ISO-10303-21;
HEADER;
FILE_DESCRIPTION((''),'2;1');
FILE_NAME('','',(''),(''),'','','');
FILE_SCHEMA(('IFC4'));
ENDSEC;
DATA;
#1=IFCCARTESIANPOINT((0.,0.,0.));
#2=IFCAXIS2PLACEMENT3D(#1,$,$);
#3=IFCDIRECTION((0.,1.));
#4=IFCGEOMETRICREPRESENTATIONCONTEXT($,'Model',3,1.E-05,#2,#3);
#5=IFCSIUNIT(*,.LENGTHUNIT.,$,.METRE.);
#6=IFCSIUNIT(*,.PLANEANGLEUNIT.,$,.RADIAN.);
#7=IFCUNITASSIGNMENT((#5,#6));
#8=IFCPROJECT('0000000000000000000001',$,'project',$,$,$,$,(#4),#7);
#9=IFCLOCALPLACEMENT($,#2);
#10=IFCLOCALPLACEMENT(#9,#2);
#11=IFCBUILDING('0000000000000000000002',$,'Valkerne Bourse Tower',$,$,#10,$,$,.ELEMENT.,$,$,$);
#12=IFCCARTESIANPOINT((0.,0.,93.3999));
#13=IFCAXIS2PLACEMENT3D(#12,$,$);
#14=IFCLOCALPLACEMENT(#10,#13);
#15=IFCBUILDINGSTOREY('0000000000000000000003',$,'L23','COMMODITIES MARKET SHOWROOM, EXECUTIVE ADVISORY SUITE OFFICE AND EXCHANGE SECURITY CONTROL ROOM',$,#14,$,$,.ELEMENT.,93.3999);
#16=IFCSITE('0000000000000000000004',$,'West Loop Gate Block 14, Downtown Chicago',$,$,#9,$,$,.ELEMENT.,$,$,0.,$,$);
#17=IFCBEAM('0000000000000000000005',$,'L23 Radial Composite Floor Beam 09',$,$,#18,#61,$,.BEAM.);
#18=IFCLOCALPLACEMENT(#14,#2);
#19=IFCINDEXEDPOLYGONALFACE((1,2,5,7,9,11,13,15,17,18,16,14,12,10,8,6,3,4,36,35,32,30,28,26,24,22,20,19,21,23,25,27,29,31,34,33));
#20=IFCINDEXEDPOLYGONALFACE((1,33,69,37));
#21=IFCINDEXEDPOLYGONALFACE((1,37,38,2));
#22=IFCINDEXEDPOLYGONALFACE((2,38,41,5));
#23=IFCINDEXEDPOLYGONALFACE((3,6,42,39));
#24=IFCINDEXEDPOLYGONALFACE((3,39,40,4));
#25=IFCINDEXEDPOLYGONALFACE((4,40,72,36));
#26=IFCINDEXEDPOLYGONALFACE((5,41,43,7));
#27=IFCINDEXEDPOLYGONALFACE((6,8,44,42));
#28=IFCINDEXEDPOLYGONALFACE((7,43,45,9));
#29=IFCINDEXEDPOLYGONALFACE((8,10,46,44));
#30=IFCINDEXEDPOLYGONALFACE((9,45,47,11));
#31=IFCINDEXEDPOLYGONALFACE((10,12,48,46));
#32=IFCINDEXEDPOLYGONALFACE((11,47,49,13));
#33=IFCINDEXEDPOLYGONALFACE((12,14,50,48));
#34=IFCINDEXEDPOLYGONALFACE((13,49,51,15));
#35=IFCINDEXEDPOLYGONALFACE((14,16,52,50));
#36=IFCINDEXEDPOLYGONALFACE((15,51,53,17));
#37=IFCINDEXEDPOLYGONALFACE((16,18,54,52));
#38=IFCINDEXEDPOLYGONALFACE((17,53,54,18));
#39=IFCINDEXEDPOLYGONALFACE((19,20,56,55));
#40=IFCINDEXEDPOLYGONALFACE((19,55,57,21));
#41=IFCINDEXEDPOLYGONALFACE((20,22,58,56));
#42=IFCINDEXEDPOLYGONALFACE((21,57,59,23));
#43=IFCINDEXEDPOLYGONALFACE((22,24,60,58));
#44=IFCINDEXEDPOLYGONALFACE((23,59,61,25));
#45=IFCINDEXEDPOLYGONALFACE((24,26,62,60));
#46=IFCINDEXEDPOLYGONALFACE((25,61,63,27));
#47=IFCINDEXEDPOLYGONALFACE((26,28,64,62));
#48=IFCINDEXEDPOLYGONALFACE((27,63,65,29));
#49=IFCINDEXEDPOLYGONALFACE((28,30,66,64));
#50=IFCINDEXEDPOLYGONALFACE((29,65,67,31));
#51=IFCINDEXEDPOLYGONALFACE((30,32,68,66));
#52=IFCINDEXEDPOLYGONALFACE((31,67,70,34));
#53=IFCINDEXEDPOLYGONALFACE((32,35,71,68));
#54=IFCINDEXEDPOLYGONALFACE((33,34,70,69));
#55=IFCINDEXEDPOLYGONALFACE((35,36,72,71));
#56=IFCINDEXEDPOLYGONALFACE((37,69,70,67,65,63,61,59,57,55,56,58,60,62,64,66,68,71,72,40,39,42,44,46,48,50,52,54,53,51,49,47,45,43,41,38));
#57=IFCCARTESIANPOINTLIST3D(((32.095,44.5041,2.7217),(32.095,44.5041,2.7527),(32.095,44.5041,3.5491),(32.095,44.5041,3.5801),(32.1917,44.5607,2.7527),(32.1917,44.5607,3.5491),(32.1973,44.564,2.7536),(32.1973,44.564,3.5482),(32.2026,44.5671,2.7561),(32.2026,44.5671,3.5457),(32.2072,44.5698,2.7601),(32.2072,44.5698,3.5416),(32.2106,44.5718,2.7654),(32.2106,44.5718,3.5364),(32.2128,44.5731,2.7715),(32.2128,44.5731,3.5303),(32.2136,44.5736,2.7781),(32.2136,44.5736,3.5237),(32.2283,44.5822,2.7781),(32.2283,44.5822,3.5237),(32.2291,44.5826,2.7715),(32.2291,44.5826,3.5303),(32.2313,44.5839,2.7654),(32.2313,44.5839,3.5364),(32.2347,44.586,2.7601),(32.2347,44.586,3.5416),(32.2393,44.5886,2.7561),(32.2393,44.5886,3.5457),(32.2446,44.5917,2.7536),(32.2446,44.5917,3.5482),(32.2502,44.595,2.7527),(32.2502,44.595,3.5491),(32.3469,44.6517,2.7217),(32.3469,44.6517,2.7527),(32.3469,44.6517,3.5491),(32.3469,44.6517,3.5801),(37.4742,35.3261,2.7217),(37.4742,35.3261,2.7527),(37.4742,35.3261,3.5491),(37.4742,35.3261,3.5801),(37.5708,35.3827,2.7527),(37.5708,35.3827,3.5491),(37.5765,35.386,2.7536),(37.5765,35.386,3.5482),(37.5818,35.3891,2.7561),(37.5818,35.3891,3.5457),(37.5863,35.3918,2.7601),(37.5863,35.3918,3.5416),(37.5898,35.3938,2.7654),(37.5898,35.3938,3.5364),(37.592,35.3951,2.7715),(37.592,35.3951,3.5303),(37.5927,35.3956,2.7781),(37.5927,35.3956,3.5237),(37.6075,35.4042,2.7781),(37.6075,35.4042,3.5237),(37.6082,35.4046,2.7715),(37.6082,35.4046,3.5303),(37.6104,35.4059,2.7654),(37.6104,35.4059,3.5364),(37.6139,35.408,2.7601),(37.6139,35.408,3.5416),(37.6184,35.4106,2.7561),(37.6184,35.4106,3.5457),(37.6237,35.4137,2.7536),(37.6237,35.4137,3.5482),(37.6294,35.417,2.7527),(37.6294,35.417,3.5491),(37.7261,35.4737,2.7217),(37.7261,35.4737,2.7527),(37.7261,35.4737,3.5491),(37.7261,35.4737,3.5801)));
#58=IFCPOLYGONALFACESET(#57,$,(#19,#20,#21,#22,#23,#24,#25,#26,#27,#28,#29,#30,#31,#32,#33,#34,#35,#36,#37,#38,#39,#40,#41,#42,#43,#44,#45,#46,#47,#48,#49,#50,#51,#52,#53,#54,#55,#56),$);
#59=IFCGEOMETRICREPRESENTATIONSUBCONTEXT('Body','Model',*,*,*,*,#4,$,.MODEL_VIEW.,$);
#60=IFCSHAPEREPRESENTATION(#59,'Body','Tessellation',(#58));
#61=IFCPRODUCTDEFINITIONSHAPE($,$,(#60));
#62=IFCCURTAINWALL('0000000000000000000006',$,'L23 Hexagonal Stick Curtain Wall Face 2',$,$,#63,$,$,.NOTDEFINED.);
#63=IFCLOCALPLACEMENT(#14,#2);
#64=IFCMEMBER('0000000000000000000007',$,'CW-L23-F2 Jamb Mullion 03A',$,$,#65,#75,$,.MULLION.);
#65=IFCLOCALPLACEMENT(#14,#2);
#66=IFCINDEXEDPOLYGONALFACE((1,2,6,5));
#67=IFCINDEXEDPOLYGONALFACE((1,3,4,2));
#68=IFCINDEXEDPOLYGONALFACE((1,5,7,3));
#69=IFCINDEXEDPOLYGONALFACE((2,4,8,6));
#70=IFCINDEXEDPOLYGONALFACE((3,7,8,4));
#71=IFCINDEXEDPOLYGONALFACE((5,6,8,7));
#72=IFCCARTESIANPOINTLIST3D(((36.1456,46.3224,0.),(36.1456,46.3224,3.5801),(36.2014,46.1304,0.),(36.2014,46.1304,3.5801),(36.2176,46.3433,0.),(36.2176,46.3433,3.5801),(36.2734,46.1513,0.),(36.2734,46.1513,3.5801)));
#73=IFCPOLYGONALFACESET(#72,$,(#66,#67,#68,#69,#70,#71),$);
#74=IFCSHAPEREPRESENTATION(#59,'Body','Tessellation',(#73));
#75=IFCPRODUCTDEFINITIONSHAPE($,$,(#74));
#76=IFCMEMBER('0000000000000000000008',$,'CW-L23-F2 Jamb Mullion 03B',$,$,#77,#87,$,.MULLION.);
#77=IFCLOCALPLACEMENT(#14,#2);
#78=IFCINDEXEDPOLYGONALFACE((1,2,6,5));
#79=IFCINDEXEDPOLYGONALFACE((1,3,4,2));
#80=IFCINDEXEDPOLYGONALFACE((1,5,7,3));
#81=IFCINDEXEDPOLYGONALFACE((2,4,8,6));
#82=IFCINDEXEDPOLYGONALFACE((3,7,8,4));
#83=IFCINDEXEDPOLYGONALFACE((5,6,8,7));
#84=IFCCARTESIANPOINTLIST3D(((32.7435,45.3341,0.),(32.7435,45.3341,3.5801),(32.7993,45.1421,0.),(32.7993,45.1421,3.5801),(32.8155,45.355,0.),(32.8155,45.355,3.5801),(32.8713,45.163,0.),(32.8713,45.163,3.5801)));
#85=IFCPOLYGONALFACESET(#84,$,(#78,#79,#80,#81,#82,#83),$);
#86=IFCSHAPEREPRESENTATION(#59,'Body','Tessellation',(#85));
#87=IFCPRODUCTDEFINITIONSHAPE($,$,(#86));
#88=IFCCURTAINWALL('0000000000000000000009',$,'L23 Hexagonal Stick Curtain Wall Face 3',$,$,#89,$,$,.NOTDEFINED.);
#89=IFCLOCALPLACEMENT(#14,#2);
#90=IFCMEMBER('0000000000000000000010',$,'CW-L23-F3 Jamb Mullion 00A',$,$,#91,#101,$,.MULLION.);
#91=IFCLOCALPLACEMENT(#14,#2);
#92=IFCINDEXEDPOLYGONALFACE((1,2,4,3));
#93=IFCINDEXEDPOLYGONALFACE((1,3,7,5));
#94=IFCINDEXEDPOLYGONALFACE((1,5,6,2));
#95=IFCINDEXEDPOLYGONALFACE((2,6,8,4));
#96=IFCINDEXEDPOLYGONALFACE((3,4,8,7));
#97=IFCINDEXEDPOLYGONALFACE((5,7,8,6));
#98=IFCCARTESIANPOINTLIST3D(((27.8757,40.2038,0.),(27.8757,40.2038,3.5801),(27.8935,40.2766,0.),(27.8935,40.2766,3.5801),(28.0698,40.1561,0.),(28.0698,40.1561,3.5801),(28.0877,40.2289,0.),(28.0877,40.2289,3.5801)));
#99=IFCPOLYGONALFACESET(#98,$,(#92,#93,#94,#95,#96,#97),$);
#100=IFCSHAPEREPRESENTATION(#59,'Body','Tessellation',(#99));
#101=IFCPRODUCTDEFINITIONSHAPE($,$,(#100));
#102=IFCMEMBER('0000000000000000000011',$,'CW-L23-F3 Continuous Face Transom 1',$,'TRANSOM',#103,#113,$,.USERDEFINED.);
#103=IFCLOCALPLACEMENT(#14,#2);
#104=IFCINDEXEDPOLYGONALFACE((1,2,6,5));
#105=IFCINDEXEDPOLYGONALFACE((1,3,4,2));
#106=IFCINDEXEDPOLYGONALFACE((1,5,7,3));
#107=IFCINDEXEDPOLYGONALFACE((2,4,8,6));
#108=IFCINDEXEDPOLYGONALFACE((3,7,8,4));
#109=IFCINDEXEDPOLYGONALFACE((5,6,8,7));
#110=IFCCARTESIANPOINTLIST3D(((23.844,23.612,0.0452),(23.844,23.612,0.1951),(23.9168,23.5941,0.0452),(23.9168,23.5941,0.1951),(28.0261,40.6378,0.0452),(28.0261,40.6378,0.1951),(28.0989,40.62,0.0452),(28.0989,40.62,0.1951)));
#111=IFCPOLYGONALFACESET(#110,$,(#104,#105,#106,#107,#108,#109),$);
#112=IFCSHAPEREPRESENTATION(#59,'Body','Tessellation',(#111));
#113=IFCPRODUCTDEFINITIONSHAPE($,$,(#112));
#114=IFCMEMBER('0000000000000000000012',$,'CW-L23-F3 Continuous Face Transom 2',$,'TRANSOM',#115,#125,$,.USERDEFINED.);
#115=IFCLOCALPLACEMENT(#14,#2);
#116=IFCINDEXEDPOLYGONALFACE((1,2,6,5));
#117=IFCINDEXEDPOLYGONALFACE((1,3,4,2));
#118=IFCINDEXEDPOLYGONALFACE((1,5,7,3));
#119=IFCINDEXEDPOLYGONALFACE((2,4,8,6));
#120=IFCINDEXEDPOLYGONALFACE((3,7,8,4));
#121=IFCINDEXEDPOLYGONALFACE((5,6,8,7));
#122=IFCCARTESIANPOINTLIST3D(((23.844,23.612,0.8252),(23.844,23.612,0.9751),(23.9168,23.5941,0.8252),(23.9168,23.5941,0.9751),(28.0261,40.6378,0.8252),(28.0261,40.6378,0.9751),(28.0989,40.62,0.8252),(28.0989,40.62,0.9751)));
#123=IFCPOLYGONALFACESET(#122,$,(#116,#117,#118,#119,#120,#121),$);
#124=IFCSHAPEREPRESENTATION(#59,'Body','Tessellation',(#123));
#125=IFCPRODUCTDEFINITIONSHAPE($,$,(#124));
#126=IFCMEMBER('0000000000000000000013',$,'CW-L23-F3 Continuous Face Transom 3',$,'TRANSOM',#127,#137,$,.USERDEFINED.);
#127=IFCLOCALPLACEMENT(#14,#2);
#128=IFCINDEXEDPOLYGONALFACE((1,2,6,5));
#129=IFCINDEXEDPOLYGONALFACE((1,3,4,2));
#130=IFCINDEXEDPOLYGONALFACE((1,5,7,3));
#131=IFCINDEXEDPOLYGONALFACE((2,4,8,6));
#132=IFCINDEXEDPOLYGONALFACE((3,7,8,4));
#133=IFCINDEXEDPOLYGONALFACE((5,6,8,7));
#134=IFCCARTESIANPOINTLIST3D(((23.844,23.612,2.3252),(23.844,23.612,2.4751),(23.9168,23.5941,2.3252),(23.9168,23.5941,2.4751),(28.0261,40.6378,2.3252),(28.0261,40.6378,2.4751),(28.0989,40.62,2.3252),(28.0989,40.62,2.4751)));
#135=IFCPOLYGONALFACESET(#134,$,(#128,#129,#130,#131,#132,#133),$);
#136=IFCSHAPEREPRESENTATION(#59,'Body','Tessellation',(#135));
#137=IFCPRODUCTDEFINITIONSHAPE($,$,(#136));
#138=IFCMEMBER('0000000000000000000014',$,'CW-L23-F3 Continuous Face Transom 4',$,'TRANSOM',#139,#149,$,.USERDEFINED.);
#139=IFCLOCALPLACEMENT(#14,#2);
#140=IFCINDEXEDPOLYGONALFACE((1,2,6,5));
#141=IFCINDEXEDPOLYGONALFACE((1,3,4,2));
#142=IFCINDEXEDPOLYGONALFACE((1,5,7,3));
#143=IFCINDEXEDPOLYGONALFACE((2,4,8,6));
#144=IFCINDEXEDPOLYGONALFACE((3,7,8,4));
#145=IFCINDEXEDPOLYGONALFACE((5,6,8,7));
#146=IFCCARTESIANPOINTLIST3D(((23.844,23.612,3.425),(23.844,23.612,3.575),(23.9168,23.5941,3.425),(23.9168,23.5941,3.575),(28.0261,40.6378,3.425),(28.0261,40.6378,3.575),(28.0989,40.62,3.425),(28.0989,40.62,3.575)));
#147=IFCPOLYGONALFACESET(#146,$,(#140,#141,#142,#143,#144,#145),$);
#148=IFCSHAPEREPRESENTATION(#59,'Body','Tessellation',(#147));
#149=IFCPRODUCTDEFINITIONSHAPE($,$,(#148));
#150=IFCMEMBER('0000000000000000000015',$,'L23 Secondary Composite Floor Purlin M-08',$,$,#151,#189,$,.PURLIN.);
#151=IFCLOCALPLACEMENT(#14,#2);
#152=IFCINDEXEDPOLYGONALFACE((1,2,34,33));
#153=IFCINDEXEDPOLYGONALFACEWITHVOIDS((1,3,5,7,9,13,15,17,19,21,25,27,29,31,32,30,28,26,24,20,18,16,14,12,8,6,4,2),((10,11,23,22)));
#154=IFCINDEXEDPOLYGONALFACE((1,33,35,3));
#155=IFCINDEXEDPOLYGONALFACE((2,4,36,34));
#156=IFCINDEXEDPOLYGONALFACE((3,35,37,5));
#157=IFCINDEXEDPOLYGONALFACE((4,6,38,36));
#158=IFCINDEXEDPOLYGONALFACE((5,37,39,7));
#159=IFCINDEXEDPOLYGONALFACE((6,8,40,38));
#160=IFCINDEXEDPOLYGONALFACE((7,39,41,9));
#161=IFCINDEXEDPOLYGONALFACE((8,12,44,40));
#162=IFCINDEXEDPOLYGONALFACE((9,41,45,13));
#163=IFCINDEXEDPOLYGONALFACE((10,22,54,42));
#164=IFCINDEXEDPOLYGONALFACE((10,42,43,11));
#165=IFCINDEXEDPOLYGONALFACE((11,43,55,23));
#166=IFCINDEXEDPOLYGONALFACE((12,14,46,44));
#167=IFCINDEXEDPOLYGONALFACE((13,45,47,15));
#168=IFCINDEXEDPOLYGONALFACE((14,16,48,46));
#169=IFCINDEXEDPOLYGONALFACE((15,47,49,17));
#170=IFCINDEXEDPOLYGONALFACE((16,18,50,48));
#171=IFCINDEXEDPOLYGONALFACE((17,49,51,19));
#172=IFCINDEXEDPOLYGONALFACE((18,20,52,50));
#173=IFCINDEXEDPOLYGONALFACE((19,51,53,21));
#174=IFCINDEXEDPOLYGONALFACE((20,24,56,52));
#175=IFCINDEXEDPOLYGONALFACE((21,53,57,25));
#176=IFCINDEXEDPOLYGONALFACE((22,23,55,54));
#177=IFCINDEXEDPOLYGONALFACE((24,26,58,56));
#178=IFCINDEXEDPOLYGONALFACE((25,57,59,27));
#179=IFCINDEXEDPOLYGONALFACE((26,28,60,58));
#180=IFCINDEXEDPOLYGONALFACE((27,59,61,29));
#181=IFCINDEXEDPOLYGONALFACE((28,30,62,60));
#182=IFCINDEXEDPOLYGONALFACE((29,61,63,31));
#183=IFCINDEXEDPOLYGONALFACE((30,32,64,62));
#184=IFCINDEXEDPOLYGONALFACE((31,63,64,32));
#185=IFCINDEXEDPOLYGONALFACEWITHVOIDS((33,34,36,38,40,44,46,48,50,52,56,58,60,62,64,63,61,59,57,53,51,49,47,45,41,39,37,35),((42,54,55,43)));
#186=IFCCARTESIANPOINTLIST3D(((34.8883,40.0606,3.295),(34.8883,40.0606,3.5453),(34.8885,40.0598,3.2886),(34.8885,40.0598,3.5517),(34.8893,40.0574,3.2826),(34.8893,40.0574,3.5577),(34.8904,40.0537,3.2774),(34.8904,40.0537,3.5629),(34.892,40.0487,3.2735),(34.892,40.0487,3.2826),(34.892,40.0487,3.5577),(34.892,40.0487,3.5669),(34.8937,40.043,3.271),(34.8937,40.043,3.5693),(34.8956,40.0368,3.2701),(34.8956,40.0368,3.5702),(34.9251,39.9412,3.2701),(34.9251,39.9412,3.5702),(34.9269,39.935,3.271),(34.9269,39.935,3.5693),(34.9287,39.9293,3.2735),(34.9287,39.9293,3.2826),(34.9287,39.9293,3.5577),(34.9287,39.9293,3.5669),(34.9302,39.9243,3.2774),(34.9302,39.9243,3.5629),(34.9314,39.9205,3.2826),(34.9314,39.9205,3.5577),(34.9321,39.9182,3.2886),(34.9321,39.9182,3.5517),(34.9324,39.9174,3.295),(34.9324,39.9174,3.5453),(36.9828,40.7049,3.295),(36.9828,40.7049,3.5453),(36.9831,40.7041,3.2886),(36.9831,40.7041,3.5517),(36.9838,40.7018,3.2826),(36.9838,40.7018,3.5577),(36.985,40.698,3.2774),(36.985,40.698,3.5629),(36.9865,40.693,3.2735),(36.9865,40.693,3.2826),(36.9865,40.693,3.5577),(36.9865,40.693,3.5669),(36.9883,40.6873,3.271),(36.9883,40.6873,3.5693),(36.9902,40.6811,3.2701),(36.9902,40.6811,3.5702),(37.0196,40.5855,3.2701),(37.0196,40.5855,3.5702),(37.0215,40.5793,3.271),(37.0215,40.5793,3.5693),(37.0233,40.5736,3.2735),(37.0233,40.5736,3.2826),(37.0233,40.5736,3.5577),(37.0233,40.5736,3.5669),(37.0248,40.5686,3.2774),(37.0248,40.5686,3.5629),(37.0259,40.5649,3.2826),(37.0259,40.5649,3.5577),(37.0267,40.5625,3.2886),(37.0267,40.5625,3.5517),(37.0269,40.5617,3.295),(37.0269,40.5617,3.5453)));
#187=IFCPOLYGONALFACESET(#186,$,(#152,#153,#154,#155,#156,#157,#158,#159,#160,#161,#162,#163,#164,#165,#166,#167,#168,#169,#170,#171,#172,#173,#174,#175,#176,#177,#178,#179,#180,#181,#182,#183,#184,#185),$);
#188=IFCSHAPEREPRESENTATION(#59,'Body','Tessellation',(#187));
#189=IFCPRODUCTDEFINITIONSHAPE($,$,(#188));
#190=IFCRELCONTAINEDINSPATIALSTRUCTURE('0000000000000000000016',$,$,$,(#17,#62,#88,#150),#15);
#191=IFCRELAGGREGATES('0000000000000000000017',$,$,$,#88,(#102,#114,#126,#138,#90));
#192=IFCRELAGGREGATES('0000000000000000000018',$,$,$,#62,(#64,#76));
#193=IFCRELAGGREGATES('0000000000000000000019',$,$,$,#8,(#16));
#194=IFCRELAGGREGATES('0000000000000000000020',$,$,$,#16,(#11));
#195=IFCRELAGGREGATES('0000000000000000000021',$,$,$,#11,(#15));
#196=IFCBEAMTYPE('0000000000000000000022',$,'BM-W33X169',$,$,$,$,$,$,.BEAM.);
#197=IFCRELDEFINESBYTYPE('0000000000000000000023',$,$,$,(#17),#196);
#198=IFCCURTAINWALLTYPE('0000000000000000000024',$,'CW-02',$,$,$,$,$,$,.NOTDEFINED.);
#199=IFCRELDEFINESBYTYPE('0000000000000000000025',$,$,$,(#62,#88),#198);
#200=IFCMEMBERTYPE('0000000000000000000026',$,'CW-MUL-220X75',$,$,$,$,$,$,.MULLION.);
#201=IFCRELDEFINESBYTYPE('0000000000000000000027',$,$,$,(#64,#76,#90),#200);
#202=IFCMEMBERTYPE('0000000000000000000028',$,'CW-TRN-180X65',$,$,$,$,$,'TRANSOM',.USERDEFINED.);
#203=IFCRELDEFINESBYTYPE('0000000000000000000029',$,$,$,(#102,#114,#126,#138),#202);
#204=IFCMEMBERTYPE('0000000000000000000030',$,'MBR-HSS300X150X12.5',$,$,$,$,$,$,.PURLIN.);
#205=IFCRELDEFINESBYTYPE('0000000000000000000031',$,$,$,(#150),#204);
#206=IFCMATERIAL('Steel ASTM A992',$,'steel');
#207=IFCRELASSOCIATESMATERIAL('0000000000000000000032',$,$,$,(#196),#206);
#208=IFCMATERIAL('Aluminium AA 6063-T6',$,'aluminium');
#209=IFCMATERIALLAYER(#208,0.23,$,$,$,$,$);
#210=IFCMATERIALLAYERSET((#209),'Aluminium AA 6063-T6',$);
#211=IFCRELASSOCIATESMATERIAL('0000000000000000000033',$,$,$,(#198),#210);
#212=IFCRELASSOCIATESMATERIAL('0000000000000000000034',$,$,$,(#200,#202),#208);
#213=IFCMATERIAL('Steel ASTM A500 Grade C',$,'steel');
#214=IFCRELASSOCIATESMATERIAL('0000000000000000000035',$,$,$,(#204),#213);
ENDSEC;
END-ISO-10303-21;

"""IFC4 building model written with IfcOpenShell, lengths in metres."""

from ifc_helpers import new_model, si_unit, direction, frame, origin, origin_2d, place, context, subcontext, project, spatial, rectangle, hollow_rectangle, i_section, extrude, material, layer, layer_set, material_profile, profile_set, type_object, element, aggregate, save


model = new_model("IFC4")

# Units and contexts
model_context = context("Model", 3, precision=1e-05, world=origin(), true_north=direction((0.0, 1.0)))
body_context = subcontext(model_context, "Body", "Model", "MODEL_VIEW")
ifc_project = project(units=[si_unit("LENGTHUNIT", "METRE"), si_unit("PLANEANGLEUNIT", "RADIAN")], contexts=[model_context])

# Site, building, storey
site_placement = place(None, origin())
site = spatial("IfcSite", under=ifc_project, at=site_placement, Name="West Loop Gate Block 14, Downtown Chicago", CompositionType="ELEMENT", RefElevation=0.0)
building_placement = place(site_placement, origin())
building = spatial("IfcBuilding", under=site, at=building_placement, Name="Valkerne Bourse Tower", CompositionType="ELEMENT")
storey_placement = place(building_placement, frame((0.0, 0.0, 93.3999)))
storey = spatial("IfcBuildingStorey", under=building, at=storey_placement, Name="L23", Description="COMMODITIES MARKET SHOWROOM, EXECUTIVE ADVISORY SUITE OFFICE AND EXCHANGE SECURITY CONTROL ROOM", CompositionType="ELEMENT", Elevation=93.3999)

# Beam
ifc_material_1 = material(Name="Steel ASTM A992", Category="steel")
ifc_material_profile_1 = material_profile(ifc_material_1, i_section(OverallWidth=0.292, OverallDepth=0.8584, WebThickness=0.0171, FlangeThickness=0.031, FilletRadius=0.0254, at=origin_2d()), Name="W33X169")
ifc_profile_set_1 = profile_set([ifc_material_profile_1], Name="Steel ASTM A992")
beam_type_1 = type_object("IfcBeamType", Name="BM-W33X169", PredefinedType="BEAM", material=ifc_profile_set_1)
beam_1_placement = place(storey_placement, frame((32.2209, 44.5779, 3.1509), z_axis=(0.505646, -0.862741, 0.0), x_axis=(0.862741, 0.505646, 0.0)))
element("IfcBeam", 1, at=beam_1_placement, inside=storey, type_object=beam_type_1, Name="L23 Radial Composite Floor Beam 09", PredefinedType="BEAM", context=body_context, shape_type="SweptSolid", body=[
    extrude(i_section(OverallWidth=0.292, OverallDepth=0.8584, WebThickness=0.0171, FlangeThickness=0.031, FilletRadius=0.0254, at=origin_2d()), origin(), (0.0, 0.0, 1.0), 10.6382),
])

# Curtain walls, members
ifc_material_2 = material(Name="Aluminium AA 6063-T6", Category="aluminium")
ifc_layer_1 = layer(ifc_material_2, 0.23)
ifc_layer_set_1 = layer_set([ifc_layer_1], Name="Aluminium AA 6063-T6")
curtain_wall_type = type_object("IfcCurtainWallType", Name="CW-02", PredefinedType="NOTDEFINED", material=ifc_layer_set_1)
curtain_wall_1_placement = place(storey_placement, origin())
curtain_wall_1 = element("IfcCurtainWall", 2, at=curtain_wall_1_placement, inside=storey, type_object=curtain_wall_type, Name="L23 Hexagonal Stick Curtain Wall Face 2", PredefinedType="NOTDEFINED")
ifc_material_profile_2 = material_profile(ifc_material_2, rectangle(XDim=0.075, YDim=0.2, at=origin_2d()), Name="CWM-75X200")
ifc_profile_set_2 = profile_set([ifc_material_profile_2], Name="Aluminium AA 6063-T6")
member_type_1 = type_object("IfcMemberType", Name="CW-MUL-220X75", PredefinedType="MULLION", material=ifc_profile_set_2)
member_1_placement = place(storey_placement, frame((36.2095, 46.2368, 0.0), z_axis=(0.0, 0.0, 1.0), x_axis=(-0.960294, -0.278991, 0.0)))
member_1 = element("IfcMember", 3, at=member_1_placement, type_object=member_type_1, Name="CW-L23-F2 Jamb Mullion 03A", PredefinedType="MULLION", context=body_context, shape_type="SweptSolid", body=[
    extrude(rectangle(XDim=0.075, YDim=0.2, at=origin_2d()), origin(), (0.0, 0.0, 1.0), 3.5801),
])
member_2_placement = place(storey_placement, frame((32.8074, 45.2485, 0.0), z_axis=(0.0, 0.0, 1.0), x_axis=(-0.960294, -0.278991, 0.0)))
member_2 = element("IfcMember", 4, at=member_2_placement, type_object=member_type_1, Name="CW-L23-F2 Jamb Mullion 03B", PredefinedType="MULLION", context=body_context, shape_type="SweptSolid", body=[
    extrude(rectangle(XDim=0.075, YDim=0.2, at=origin_2d()), origin(), (0.0, 0.0, 1.0), 3.5801),
])
curtain_wall_2_placement = place(storey_placement, origin())
curtain_wall_2 = element("IfcCurtainWall", 5, at=curtain_wall_2_placement, inside=storey, type_object=curtain_wall_type, Name="L23 Hexagonal Stick Curtain Wall Face 3", PredefinedType="NOTDEFINED")
member_3_placement = place(storey_placement, frame((27.9817, 40.2163, 0.0), z_axis=(0.0, 0.0, 1.0), x_axis=(-0.238534, -0.971134, 0.0)))
member_3 = element("IfcMember", 6, at=member_3_placement, type_object=member_type_1, Name="CW-L23-F3 Jamb Mullion 00A", PredefinedType="MULLION", context=body_context, shape_type="SweptSolid", body=[
    extrude(rectangle(XDim=0.075, YDim=0.2, at=origin_2d()), origin(), (0.0, 0.0, 1.0), 3.5801),
])
ifc_material_profile_3 = material_profile(ifc_material_2, rectangle(XDim=0.075, YDim=0.1499, at=origin_2d()), Name="CWT-75X150")
ifc_profile_set_3 = profile_set([ifc_material_profile_3], Name="Aluminium AA 6063-T6")
member_type_2 = type_object("IfcMemberType", Name="CW-TRN-180X65", ElementType="TRANSOM", PredefinedType="USERDEFINED", material=ifc_profile_set_3)
member_4_placement = place(storey_placement, frame((28.0625, 40.6289, 0.1201), z_axis=(-0.238543, -0.971132, 0.0), x_axis=(0.971132, -0.238543, 0.0)))
member_4 = element("IfcMember", 7, at=member_4_placement, type_object=member_type_2, Name="CW-L23-F3 Continuous Face Transom 1", ObjectType="TRANSOM", PredefinedType="USERDEFINED", context=body_context, shape_type="SweptSolid", body=[
    extrude(rectangle(XDim=0.075, YDim=0.1499, at=origin_2d()), origin(), (0.0, 0.0, 1.0), 17.532),
])
member_5_placement = place(storey_placement, frame((28.0625, 40.6289, 0.9001), z_axis=(-0.238543, -0.971132, 0.0), x_axis=(0.971132, -0.238543, 0.0)))
member_5 = element("IfcMember", 8, at=member_5_placement, type_object=member_type_2, Name="CW-L23-F3 Continuous Face Transom 2", ObjectType="TRANSOM", PredefinedType="USERDEFINED", context=body_context, shape_type="SweptSolid", body=[
    extrude(rectangle(XDim=0.075, YDim=0.1499, at=origin_2d()), origin(), (0.0, 0.0, 1.0), 17.532),
])
member_6_placement = place(storey_placement, frame((28.0625, 40.6289, 2.4001), z_axis=(-0.238543, -0.971132, 0.0), x_axis=(0.971132, -0.238543, 0.0)))
member_6 = element("IfcMember", 9, at=member_6_placement, type_object=member_type_2, Name="CW-L23-F3 Continuous Face Transom 3", ObjectType="TRANSOM", PredefinedType="USERDEFINED", context=body_context, shape_type="SweptSolid", body=[
    extrude(rectangle(XDim=0.075, YDim=0.1499, at=origin_2d()), origin(), (0.0, 0.0, 1.0), 17.532),
])
member_7_placement = place(storey_placement, frame((28.0625, 40.6289, 3.5), z_axis=(-0.238543, -0.971132, 0.0), x_axis=(0.971132, -0.238543, 0.0)))
member_7 = element("IfcMember", 10, at=member_7_placement, type_object=member_type_2, Name="CW-L23-F3 Continuous Face Transom 4", ObjectType="TRANSOM", PredefinedType="USERDEFINED", context=body_context, shape_type="SweptSolid", body=[
    extrude(rectangle(XDim=0.075, YDim=0.1499, at=origin_2d()), origin(), (0.0, 0.0, 1.0), 17.532),
])
aggregate(curtain_wall_2, [member_4, member_5, member_6, member_7, member_3])

# Member
ifc_material_3 = material(Name="Steel ASTM A500 Grade C", Category="steel")
ifc_material_profile_4 = material_profile(ifc_material_3, hollow_rectangle(XDim=0.1499, YDim=0.3, WallThickness=0.0125, OuterFilletRadius=0.0249, at=origin_2d()), Name="HSS300X150X12.5")
ifc_profile_set_4 = profile_set([ifc_material_profile_4], Name="Steel ASTM A500 Grade C")
member_type_3 = type_object("IfcMemberType", Name="MBR-HSS300X150X12.5", PredefinedType="PURLIN", material=ifc_profile_set_4)
member_8_placement = place(storey_placement, frame((37.0049, 40.6333, 3.4202), z_axis=(-0.955801, -0.294015, 0.0), x_axis=(0.294015, -0.955801, 0.0)))
element("IfcMember", 11, at=member_8_placement, inside=storey, type_object=member_type_3, Name="L23 Secondary Composite Floor Purlin M-08", PredefinedType="PURLIN", context=body_context, shape_type="SweptSolid", body=[
    extrude(hollow_rectangle(XDim=0.1499, YDim=0.3, WallThickness=0.0125, OuterFilletRadius=0.0249, at=origin_2d()), origin(), (0.0, 0.0, 1.0), 2.1914),
])

aggregate(curtain_wall_1, [member_1, member_2])

save(model, "model.ifc")
